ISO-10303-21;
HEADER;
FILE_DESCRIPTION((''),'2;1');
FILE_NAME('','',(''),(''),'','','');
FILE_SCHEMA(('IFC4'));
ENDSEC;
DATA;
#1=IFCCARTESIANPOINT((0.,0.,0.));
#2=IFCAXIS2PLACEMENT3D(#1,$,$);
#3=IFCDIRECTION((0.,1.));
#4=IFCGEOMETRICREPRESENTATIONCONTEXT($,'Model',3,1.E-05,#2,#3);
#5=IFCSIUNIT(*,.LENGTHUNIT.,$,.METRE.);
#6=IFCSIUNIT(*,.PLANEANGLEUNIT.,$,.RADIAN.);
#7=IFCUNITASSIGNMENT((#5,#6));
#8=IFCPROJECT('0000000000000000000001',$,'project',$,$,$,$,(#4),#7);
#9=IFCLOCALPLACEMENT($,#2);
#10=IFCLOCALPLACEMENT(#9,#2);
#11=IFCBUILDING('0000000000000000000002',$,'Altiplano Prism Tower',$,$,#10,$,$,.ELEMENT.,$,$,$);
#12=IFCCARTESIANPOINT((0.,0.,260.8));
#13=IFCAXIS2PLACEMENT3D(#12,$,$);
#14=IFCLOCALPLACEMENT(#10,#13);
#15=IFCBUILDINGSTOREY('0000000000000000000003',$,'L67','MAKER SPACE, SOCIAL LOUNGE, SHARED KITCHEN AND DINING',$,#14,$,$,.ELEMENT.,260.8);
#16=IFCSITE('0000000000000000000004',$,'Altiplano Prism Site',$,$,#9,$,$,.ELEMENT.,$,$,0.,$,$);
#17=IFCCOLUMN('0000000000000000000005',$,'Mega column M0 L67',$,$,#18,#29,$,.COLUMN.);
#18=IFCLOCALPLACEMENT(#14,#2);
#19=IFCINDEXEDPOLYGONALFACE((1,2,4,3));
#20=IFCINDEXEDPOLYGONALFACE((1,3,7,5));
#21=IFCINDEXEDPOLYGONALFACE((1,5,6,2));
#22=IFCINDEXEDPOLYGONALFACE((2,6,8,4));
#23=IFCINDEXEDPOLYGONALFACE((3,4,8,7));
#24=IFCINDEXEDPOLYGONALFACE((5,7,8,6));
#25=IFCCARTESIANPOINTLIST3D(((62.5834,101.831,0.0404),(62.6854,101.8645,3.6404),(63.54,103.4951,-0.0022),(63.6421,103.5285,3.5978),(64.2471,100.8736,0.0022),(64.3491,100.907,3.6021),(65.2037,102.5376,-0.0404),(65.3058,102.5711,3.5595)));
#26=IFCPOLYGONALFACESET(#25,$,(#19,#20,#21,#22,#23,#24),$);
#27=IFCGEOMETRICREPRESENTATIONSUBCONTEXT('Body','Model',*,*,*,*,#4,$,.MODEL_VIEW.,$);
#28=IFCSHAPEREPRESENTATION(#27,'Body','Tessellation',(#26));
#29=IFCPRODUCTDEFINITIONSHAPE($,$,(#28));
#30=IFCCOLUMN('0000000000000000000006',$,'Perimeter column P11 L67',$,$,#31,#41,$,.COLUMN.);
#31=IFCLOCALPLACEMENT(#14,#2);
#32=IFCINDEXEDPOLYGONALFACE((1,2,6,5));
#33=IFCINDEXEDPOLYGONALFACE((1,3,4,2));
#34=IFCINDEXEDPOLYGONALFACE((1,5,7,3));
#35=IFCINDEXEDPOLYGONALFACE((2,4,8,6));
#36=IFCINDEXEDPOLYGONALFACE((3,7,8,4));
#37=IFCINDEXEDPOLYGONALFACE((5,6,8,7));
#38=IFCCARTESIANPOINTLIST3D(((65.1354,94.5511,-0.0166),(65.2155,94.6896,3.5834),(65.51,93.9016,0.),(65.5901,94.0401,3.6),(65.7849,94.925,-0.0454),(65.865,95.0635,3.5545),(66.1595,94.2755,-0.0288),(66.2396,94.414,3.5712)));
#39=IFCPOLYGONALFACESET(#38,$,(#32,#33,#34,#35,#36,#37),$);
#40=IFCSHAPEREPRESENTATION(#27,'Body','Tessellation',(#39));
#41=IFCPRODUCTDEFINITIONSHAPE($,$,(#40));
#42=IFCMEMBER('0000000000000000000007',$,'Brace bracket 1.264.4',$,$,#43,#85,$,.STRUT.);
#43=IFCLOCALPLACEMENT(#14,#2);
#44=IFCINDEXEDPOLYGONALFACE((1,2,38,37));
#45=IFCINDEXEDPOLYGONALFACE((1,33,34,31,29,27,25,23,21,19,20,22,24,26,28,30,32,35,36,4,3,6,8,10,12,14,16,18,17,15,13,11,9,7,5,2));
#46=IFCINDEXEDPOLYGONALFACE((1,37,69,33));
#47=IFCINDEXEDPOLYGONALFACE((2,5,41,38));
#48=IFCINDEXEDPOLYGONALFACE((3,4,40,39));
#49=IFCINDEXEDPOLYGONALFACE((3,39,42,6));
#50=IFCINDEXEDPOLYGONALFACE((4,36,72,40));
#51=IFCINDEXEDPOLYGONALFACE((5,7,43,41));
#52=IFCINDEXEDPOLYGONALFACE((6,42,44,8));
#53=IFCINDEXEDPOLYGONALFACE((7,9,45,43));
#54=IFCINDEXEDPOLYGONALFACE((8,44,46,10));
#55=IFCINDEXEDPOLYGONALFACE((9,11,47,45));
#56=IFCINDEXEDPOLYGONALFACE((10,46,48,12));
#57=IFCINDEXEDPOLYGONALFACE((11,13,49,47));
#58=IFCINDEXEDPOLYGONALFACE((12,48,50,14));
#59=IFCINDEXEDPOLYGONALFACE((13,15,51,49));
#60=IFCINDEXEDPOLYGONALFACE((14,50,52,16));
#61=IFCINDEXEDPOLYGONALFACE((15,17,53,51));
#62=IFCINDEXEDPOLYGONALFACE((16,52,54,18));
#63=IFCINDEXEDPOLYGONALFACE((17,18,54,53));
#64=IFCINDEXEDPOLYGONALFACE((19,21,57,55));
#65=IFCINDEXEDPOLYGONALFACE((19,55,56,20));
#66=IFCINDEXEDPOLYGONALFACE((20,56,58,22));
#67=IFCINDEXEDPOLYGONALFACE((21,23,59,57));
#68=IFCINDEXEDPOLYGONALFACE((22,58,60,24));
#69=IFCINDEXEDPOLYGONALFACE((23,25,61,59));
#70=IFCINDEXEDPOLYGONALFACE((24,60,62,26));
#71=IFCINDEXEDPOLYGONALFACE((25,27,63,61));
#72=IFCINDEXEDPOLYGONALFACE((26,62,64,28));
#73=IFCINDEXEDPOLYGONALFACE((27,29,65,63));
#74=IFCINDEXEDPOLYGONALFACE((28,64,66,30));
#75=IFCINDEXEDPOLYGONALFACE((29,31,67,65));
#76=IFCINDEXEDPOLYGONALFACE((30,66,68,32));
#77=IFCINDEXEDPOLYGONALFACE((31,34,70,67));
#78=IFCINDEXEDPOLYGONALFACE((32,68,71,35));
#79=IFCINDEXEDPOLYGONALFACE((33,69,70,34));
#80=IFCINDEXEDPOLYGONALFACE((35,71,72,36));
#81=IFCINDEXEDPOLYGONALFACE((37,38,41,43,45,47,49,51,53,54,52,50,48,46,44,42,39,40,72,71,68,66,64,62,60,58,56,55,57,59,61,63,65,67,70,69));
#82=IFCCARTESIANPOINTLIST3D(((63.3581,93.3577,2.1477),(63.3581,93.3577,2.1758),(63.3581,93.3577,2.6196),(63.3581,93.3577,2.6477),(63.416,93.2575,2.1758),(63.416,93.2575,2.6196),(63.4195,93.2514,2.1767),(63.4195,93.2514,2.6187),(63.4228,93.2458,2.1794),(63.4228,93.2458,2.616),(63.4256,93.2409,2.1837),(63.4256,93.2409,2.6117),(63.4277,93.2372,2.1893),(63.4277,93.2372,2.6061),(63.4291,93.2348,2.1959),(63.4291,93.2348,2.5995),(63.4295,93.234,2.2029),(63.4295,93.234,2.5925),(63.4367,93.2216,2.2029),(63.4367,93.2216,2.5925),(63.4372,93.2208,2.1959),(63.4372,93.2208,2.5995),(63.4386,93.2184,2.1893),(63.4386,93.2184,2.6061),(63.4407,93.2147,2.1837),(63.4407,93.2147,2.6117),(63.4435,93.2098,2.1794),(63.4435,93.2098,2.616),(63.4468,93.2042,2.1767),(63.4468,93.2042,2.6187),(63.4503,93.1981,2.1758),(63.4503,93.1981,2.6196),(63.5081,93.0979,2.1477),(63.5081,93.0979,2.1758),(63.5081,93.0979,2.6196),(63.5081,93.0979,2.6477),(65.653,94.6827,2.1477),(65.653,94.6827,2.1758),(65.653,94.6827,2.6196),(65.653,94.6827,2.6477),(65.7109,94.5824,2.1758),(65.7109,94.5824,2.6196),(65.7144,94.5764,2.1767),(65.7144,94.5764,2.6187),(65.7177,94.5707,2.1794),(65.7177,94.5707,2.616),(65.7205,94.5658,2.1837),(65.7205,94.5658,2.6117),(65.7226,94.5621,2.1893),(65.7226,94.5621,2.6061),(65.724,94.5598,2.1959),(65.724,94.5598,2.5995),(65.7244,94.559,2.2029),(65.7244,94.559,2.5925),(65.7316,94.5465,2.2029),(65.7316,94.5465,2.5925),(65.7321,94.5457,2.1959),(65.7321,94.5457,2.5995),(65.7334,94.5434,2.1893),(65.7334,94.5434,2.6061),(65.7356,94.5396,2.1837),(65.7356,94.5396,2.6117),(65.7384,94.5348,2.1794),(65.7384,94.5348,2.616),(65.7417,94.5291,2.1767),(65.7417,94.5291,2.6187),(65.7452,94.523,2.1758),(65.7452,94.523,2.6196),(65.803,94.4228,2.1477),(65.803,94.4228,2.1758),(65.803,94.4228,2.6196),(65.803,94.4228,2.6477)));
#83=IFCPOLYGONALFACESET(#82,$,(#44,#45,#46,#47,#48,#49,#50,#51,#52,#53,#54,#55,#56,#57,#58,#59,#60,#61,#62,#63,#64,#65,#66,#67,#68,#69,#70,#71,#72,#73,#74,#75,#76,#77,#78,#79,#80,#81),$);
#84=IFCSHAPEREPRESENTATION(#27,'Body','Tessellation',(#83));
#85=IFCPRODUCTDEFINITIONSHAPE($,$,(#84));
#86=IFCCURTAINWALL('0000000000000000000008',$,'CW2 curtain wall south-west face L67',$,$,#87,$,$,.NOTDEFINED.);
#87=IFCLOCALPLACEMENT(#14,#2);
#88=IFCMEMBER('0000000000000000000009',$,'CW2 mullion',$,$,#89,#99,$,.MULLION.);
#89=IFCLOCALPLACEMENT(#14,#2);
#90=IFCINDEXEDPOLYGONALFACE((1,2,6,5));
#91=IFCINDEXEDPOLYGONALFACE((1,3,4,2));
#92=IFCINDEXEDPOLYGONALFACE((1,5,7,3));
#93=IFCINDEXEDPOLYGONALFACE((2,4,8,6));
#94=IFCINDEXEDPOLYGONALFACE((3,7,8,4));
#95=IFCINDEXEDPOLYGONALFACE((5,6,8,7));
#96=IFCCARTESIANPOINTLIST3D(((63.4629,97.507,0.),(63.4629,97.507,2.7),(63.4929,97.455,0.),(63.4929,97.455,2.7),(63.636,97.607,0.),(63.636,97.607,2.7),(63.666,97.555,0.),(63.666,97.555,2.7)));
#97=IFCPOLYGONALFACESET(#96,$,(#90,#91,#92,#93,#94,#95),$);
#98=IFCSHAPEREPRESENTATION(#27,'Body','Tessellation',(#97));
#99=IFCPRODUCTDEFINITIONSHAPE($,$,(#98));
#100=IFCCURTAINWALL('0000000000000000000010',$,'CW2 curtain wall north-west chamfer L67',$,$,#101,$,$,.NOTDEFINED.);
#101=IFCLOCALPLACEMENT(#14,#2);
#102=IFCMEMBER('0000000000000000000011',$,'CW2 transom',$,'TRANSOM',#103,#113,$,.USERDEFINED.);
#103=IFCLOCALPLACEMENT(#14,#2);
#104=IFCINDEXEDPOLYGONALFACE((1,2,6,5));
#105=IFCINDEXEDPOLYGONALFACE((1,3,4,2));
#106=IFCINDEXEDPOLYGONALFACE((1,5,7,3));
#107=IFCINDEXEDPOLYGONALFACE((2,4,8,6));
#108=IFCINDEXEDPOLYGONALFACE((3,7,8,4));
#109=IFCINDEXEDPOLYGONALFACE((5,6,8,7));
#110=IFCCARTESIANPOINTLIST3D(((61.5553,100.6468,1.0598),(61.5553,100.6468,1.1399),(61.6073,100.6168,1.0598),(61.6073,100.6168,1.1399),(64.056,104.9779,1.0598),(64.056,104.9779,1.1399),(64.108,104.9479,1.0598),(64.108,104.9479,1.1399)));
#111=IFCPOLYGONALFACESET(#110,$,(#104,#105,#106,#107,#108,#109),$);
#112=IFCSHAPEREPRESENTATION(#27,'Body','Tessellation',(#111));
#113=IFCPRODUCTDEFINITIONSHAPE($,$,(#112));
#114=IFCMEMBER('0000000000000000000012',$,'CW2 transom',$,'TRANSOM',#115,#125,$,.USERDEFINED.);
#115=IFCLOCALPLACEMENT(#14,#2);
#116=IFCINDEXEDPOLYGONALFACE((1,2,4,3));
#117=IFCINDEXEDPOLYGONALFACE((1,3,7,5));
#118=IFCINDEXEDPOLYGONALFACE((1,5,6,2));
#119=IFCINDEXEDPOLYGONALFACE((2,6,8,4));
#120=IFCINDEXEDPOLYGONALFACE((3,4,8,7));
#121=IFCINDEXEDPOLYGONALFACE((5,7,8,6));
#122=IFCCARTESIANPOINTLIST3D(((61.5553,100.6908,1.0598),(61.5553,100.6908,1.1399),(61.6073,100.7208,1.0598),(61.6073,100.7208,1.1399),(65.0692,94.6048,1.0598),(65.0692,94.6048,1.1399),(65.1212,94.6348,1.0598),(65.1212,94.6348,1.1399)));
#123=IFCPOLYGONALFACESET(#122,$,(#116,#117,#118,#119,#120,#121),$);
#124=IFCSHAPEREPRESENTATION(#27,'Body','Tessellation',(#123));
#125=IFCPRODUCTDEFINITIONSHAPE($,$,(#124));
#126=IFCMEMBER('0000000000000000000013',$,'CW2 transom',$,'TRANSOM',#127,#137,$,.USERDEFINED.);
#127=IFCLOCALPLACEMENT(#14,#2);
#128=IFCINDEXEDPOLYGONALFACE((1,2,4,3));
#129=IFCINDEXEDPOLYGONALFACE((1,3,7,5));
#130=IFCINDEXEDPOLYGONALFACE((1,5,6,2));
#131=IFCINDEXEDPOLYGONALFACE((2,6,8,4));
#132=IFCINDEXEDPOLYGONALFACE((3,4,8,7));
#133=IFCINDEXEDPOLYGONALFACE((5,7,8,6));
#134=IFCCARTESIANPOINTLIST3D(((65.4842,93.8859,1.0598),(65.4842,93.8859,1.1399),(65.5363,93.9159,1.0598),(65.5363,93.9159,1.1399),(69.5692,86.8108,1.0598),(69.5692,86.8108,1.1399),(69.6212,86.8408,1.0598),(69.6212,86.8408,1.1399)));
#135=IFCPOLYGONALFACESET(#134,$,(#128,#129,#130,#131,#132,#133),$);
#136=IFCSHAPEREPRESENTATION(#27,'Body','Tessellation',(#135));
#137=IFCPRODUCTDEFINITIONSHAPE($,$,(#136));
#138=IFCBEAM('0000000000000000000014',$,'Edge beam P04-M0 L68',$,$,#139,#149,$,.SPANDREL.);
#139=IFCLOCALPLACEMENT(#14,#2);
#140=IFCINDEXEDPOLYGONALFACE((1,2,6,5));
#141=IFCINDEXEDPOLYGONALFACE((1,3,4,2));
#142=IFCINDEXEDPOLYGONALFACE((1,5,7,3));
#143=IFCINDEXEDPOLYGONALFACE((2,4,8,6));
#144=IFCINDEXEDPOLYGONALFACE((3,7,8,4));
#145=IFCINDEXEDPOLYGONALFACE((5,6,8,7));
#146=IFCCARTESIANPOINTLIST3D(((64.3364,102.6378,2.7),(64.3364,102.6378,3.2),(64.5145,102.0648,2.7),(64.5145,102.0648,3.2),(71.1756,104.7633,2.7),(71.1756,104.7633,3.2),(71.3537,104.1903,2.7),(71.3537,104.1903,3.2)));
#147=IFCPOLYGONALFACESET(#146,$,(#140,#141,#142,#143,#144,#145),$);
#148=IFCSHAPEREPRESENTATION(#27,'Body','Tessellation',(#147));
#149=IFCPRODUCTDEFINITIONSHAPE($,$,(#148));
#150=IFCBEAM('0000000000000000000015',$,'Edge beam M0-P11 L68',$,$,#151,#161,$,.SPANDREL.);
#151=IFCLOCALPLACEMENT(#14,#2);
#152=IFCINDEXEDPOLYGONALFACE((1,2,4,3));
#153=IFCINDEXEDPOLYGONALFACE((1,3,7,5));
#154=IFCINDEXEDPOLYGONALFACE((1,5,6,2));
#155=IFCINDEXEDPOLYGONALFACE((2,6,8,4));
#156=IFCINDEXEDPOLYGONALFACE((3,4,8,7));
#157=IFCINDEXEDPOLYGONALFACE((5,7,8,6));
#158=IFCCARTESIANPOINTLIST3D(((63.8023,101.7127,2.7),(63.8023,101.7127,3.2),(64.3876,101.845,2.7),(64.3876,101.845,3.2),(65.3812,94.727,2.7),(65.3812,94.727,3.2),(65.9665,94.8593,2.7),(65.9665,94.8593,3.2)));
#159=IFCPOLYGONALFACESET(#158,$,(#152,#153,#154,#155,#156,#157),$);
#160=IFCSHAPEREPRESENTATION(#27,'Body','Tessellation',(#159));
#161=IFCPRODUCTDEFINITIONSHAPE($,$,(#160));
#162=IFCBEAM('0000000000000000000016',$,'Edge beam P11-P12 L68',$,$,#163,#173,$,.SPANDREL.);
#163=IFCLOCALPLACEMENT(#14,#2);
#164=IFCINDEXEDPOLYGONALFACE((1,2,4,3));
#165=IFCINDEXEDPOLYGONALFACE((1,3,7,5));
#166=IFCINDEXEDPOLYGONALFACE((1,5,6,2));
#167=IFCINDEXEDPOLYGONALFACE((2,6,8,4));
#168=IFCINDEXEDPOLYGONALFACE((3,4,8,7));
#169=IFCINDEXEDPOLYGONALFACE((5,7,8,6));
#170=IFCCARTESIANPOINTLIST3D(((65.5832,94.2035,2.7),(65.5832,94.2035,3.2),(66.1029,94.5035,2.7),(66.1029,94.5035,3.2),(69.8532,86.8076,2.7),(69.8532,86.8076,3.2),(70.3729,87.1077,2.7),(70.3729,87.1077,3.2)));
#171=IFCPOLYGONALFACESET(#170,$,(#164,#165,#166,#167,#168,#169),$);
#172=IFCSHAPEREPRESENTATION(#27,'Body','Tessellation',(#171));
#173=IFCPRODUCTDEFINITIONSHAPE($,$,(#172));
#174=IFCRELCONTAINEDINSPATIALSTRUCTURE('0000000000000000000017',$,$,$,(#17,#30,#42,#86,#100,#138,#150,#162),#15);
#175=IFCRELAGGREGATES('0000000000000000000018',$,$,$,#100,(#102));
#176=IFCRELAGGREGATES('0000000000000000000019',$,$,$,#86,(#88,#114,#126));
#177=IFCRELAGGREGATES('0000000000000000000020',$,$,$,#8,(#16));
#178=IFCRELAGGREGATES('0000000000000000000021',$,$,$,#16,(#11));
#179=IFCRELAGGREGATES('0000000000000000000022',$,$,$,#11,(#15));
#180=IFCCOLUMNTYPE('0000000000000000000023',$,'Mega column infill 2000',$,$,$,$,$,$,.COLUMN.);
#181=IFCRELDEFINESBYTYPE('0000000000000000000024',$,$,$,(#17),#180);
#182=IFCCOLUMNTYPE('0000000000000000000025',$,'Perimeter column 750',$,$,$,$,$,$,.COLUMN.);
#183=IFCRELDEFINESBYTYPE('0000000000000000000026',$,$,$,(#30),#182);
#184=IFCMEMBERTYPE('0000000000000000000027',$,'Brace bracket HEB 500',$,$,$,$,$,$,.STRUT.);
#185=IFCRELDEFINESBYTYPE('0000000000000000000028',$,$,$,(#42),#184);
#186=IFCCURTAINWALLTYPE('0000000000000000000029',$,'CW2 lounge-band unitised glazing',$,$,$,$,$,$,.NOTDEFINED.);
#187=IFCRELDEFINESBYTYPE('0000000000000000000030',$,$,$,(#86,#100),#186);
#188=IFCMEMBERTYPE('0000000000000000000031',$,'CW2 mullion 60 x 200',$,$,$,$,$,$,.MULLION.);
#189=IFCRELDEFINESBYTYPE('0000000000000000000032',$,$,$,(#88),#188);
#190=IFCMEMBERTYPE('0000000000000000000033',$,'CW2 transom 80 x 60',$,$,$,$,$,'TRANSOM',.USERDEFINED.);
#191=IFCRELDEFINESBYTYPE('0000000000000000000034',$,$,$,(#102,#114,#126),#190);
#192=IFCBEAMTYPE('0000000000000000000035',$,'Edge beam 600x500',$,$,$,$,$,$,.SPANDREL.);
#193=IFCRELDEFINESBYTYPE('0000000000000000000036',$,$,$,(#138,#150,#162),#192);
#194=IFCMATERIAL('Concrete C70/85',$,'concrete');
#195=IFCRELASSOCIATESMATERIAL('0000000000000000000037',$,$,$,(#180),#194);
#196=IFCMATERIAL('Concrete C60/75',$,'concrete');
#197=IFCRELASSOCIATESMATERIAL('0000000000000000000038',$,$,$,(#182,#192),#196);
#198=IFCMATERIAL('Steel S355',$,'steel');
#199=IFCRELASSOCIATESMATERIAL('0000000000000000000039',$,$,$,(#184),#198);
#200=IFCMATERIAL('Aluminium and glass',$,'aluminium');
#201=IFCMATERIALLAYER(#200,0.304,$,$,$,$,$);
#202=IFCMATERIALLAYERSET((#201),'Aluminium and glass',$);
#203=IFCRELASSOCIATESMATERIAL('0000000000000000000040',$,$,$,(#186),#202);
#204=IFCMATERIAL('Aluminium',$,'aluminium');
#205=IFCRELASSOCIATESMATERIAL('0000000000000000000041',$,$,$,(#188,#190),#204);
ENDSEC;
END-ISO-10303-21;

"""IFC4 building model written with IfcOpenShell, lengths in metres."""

from ifc_helpers import new_model, si_unit, direction, frame, origin, origin_2d, place, context, subcontext, project, spatial, rectangle, i_section, extrude, material, layer, layer_set, material_profile, profile_set, type_object, element, aggregate, save


model = new_model("IFC4")

# Units and contexts
model_context = context("Model", 3, precision=1e-05, world=origin(), true_north=direction((0.0, 1.0)))
body_context = subcontext(model_context, "Body", "Model", "MODEL_VIEW")
ifc_project = project(units=[si_unit("LENGTHUNIT", "METRE"), si_unit("PLANEANGLEUNIT", "RADIAN")], contexts=[model_context])

# Site, building, storey
site_placement = place(None, origin())
site = spatial("IfcSite", under=ifc_project, at=site_placement, Name="Altiplano Prism Site", CompositionType="ELEMENT", RefElevation=0.0)
building_placement = place(site_placement, origin())
building = spatial("IfcBuilding", under=site, at=building_placement, Name="Altiplano Prism Tower", CompositionType="ELEMENT")
storey_placement = place(building_placement, frame((0.0, 0.0, 260.8)))
storey = spatial("IfcBuildingStorey", under=building, at=storey_placement, Name="L67", Description="MAKER SPACE, SOCIAL LOUNGE, SHARED KITCHEN AND DINING", CompositionType="ELEMENT", Elevation=260.8)

# Columns
ifc_material_1 = material(Name="Concrete C70/85", Category="concrete")
ifc_material_profile_1 = material_profile(ifc_material_1, rectangle(XDim=1.9199, YDim=1.9199, at=origin_2d()), Name="Mega column infill 2000")
ifc_profile_set_1 = profile_set([ifc_material_profile_1], Name="Concrete C70/85")
column_type_1 = type_object("IfcColumnType", Name="Mega column infill 2000", PredefinedType="COLUMN", material=ifc_profile_set_1)
column_1_placement = place(storey_placement, frame((63.8936, 102.1843, 0.0), z_axis=(0.028336, 0.009287, 0.999555), x_axis=(-0.866551, 0.49869, 0.019932)))
element("IfcColumn", 1, at=column_1_placement, inside=storey, type_object=column_type_1, Name="Mega column M0 L67", PredefinedType="COLUMN", context=body_context, shape_type="SweptSolid", body=[
    extrude(rectangle(XDim=1.9199, YDim=1.9199, at=origin_2d()), origin(), (0.0, 0.0, 1.0), 3.6016),
])
ifc_material_2 = material(Name="Concrete C60/75", Category="concrete")
ifc_material_profile_2 = material_profile(ifc_material_2, rectangle(XDim=0.75, YDim=0.75, at=origin_2d()), Name="Perimeter column 750")
ifc_profile_set_2 = profile_set([ifc_material_profile_2], Name="Concrete C60/75")
column_type_2 = type_object("IfcColumnType", Name="Perimeter column 750", PredefinedType="COLUMN", material=ifc_profile_set_2)
column_2_placement = place(storey_placement, frame((65.6475, 94.4133, -0.0227), z_axis=(0.022223, 0.038416, 0.999015), x_axis=(-0.866021, -0.498528, 0.038435)))
element("IfcColumn", 2, at=column_2_placement, inside=storey, type_object=column_type_2, Name="Perimeter column P11 L67", PredefinedType="COLUMN", context=body_context, shape_type="SweptSolid", body=[
    extrude(rectangle(XDim=0.75, YDim=0.75, at=origin_2d()), origin(), (0.0, 0.0, 1.0), 3.6035),
])

# Member
ifc_material_3 = material(Name="Steel S355", Category="steel")
ifc_material_profile_3 = material_profile(ifc_material_3, i_section(OverallWidth=0.3, OverallDepth=0.5, WebThickness=0.0144, FlangeThickness=0.0281, FilletRadius=0.0271, at=origin_2d()), Name="Brace bracket HEB 500")
ifc_profile_set_3 = profile_set([ifc_material_profile_3], Name="Steel S355")
member_type_1 = type_object("IfcMemberType", Name="Brace bracket HEB 500", PredefinedType="STRUT", material=ifc_profile_set_3)
member_1_placement = place(storey_placement, frame((65.728, 94.5527, 2.3977), z_axis=(-0.866029, -0.499994, 0.0), x_axis=(0.499994, -0.866029, 0.0)))
element("IfcMember", 3, at=member_1_placement, inside=storey, type_object=member_type_1, Name="Brace bracket 1.264.4", PredefinedType="STRUT", context=body_context, shape_type="SweptSolid", body=[
    extrude(i_section(OverallWidth=0.3, OverallDepth=0.5, WebThickness=0.0144, FlangeThickness=0.0281, FilletRadius=0.0271, at=origin_2d()), origin(), (0.0, 0.0, 1.0), 2.6499),
])

# Curtain walls, members
ifc_material_4 = material(Name="Aluminium and glass", Category="aluminium")
ifc_layer_1 = layer(ifc_material_4, 0.304)
ifc_layer_set_1 = layer_set([ifc_layer_1], Name="Aluminium and glass")
curtain_wall_type = type_object("IfcCurtainWallType", Name="CW2 lounge-band unitised glazing", PredefinedType="NOTDEFINED", material=ifc_layer_set_1)
curtain_wall_1_placement = place(storey_placement, origin())
curtain_wall_1 = element("IfcCurtainWall", 4, at=curtain_wall_1_placement, inside=storey, type_object=curtain_wall_type, Name="CW2 curtain wall south-west face L67", PredefinedType="NOTDEFINED")
ifc_material_5 = material(Name="Aluminium", Category="aluminium")
ifc_material_profile_4 = material_profile(ifc_material_5, rectangle(XDim=0.2, YDim=0.0601, at=origin_2d()), Name="CW2 mullion 60 x 200")
ifc_profile_set_4 = profile_set([ifc_material_profile_4], Name="Aluminium")
member_type_2 = type_object("IfcMemberType", Name="CW2 mullion 60 x 200", PredefinedType="MULLION", material=ifc_profile_set_4)
member_2_placement = place(storey_placement, frame((63.5645, 97.531, 0.0), z_axis=(0.0, 0.0, 1.0), x_axis=(0.866025, 0.5, 0.0)))
member_2 = element("IfcMember", 5, at=member_2_placement, type_object=member_type_2, Name="CW2 mullion", PredefinedType="MULLION", context=body_context, shape_type="SweptSolid", body=[
    extrude(rectangle(XDim=0.2, YDim=0.0601, at=origin_2d()), origin(), (0.0, 0.0, 1.0), 2.7),
])
curtain_wall_2_placement = place(storey_placement, origin())
curtain_wall_2 = element("IfcCurtainWall", 6, at=curtain_wall_2_placement, inside=storey, type_object=curtain_wall_type, Name="CW2 curtain wall north-west chamfer L67", PredefinedType="NOTDEFINED")
ifc_material_profile_5 = material_profile(ifc_material_5, rectangle(XDim=0.0601, YDim=0.0801, at=origin_2d()), Name="CW2 transom 80 x 60")
ifc_profile_set_5 = profile_set([ifc_material_profile_5], Name="Aluminium")
member_type_3 = type_object("IfcMemberType", Name="CW2 transom 80 x 60", ElementType="TRANSOM", PredefinedType="USERDEFINED", material=ifc_profile_set_5)
member_3_placement = place(storey_placement, frame((64.082, 104.9629, 1.0999), z_axis=(-0.50003, -0.866008, 0.0), x_axis=(0.866008, -0.50003, 0.0)))
member_3 = element("IfcMember", 7, at=member_3_placement, type_object=member_type_3, Name="CW2 transom", ObjectType="TRANSOM", PredefinedType="USERDEFINED", context=body_context, shape_type="SweptSolid", body=[
    extrude(rectangle(XDim=0.0601, YDim=0.0801, at=origin_2d()), origin(), (0.0, 0.0, 1.0), 5.0012),
])

# Members
member_4_placement = place(storey_placement, frame((61.5813, 100.7058, 1.0999), z_axis=(0.500021, -0.866013, 0.0), x_axis=(0.866013, 0.500021, 0.0)))
member_4 = element("IfcMember", 8, at=member_4_placement, type_object=member_type_3, Name="CW2 transom", ObjectType="TRANSOM", PredefinedType="USERDEFINED", context=body_context, shape_type="SweptSolid", body=[
    extrude(rectangle(XDim=0.0601, YDim=0.0801, at=origin_2d()), origin(), (0.0, 0.0, 1.0), 7.0276),
])
member_5_placement = place(storey_placement, frame((65.5103, 93.9009, 1.0999), z_axis=(0.500009, -0.86602, 0.0), x_axis=(0.86602, 0.500009, 0.0)))
member_5 = element("IfcMember", 9, at=member_5_placement, type_object=member_type_3, Name="CW2 transom", ObjectType="TRANSOM", PredefinedType="USERDEFINED", context=body_context, shape_type="SweptSolid", body=[
    extrude(rectangle(XDim=0.0601, YDim=0.0801, at=origin_2d()), origin(), (0.0, 0.0, 1.0), 8.1697),
])

# Beams
ifc_material_profile_6 = material_profile(ifc_material_2, rectangle(XDim=0.6001, YDim=0.5, at=origin_2d()), Name="Edge beam 600x500")
ifc_profile_set_6 = profile_set([ifc_material_profile_6], Name="Concrete C60/75")
beam_type = type_object("IfcBeamType", Name="Edge beam 600x500", PredefinedType="SPANDREL", material=ifc_profile_set_6)
for number, where, z_axis, x_axis, name in (
    (10, (71.2646, 104.4768, 2.95), (-0.954945, -0.296782, 0.0), (0.296782, -0.954945, 0.0), "Edge beam P04-M0 L68"),
    (11, (64.095, 101.7788, 2.95), (0.220455, -0.975397, 0.0), (0.975397, 0.220455, 0.0), "Edge beam M0-P11 L68"),
):
    element("IfcBeam", number, at=place(storey_placement, frame(where, z_axis=z_axis, x_axis=x_axis)), inside=storey, type_object=beam_type, Name=name, PredefinedType="SPANDREL", context=body_context, shape_type="SweptSolid", body=[
        extrude(rectangle(XDim=0.6001, YDim=0.5, at=origin_2d()), origin(), (0.0, 0.0, 1.0), 7.1619),
    ])
beam_placement = place(storey_placement, frame((65.843, 94.3535, 2.95), z_axis=(0.500007, -0.866021, 0.0), x_axis=(0.866021, 0.500007, 0.0)))
element("IfcBeam", 12, at=beam_placement, inside=storey, type_object=beam_type, Name="Edge beam P11-P12 L68", PredefinedType="SPANDREL", context=body_context, shape_type="SweptSolid", body=[
    extrude(rectangle(XDim=0.6001, YDim=0.5, at=origin_2d()), origin(), (0.0, 0.0, 1.0), 8.54),
])

aggregate(curtain_wall_2, [member_3])
aggregate(curtain_wall_1, [member_2, member_4, member_5])

save(model, "model.ifc")
